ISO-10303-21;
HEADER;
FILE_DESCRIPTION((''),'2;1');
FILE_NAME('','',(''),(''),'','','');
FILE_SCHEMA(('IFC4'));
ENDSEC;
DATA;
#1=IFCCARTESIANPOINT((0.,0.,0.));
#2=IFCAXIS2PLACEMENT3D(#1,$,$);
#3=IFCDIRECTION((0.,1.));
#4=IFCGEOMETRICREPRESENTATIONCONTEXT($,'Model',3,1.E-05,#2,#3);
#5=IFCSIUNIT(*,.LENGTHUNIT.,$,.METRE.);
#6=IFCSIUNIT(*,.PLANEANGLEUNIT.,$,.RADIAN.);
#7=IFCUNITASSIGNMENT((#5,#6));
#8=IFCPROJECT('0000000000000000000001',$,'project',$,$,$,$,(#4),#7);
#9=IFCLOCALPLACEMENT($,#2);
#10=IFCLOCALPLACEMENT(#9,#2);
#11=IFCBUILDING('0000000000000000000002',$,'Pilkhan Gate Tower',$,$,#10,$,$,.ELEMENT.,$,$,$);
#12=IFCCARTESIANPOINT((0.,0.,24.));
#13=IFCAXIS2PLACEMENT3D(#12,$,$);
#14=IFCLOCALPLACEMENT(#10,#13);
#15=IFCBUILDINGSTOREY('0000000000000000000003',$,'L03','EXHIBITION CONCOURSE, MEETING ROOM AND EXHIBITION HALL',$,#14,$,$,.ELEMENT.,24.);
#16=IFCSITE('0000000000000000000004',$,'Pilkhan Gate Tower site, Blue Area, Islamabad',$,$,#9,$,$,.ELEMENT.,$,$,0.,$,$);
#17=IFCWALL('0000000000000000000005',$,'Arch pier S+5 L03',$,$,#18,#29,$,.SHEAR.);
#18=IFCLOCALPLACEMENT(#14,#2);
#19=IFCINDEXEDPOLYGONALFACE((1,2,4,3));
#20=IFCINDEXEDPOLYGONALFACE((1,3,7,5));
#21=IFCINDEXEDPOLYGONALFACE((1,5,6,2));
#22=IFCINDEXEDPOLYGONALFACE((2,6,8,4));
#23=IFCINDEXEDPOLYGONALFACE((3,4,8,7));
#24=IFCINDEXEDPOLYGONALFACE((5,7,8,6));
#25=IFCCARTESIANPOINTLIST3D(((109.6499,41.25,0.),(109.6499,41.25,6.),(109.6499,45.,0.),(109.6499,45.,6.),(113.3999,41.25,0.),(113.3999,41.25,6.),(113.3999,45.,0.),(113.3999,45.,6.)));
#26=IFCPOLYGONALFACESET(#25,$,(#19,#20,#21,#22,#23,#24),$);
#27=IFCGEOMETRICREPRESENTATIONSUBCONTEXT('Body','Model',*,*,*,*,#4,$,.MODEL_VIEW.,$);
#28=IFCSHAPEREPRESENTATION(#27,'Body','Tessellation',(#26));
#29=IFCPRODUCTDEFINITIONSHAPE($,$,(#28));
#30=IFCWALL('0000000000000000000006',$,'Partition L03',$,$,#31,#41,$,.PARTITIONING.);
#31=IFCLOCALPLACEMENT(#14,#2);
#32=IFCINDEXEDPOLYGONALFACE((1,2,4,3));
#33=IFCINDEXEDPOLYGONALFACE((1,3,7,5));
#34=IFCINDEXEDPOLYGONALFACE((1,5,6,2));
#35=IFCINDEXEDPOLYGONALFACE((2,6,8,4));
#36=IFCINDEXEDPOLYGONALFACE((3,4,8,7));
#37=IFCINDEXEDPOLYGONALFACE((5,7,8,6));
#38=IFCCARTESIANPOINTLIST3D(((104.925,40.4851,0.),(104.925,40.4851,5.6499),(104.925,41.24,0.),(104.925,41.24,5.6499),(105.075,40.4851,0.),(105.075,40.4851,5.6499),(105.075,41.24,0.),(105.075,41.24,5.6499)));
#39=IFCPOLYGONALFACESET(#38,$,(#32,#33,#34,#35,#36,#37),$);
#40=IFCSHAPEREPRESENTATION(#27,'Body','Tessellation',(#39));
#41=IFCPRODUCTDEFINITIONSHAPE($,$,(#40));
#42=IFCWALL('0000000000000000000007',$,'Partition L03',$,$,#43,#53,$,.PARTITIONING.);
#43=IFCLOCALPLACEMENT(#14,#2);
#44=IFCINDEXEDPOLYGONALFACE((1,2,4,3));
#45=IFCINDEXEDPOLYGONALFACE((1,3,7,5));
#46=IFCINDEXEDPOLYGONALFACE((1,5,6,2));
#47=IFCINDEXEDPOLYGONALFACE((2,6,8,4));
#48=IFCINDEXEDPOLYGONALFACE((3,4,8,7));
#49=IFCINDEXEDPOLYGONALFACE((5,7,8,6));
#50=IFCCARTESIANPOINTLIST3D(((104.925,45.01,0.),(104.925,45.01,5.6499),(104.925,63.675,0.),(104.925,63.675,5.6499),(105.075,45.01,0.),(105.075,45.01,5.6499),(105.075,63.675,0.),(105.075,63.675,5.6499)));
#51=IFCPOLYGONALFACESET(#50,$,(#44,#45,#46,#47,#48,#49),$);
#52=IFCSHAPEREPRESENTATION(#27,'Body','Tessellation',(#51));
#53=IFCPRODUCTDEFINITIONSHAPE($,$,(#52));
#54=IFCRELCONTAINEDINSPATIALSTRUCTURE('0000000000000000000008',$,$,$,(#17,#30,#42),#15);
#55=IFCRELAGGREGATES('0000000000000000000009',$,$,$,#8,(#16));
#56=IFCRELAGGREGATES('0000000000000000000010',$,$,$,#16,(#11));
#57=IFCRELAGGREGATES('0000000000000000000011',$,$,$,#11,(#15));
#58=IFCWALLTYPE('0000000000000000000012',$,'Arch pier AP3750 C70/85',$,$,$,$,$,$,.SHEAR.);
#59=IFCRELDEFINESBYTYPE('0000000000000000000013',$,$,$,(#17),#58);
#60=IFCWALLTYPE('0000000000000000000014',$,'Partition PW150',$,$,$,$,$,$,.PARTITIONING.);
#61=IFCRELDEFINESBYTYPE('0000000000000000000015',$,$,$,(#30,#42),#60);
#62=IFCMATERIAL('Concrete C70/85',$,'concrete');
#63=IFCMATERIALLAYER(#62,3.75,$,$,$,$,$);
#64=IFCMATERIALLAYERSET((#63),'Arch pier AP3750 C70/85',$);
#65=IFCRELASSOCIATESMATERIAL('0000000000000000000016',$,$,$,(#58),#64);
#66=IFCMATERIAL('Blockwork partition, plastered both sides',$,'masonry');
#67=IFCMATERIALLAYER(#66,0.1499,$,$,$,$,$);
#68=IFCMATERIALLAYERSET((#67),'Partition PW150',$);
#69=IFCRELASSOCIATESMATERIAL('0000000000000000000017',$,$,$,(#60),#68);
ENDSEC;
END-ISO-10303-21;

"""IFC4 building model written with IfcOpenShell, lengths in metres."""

from ifc_helpers import new_model, si_unit, direction, frame, frame_2d, origin, place, context, subcontext, project, spatial, rectangle, extrude, material, layer, layer_set, type_object, element, save


model = new_model("IFC4")

# Units and contexts
model_context = context("Model", 3, precision=1e-05, world=origin(), true_north=direction((0.0, 1.0)))
body_context = subcontext(model_context, "Body", "Model", "MODEL_VIEW")
ifc_project = project(units=[si_unit("LENGTHUNIT", "METRE"), si_unit("PLANEANGLEUNIT", "RADIAN")], contexts=[model_context])

# Site, building, storey
site_placement = place(None, origin())
site = spatial("IfcSite", under=ifc_project, at=site_placement, Name="Pilkhan Gate Tower site, Blue Area, Islamabad", CompositionType="ELEMENT", RefElevation=0.0)
building_placement = place(site_placement, origin())
building = spatial("IfcBuilding", under=site, at=building_placement, Name="Pilkhan Gate Tower", CompositionType="ELEMENT")
storey_placement = place(building_placement, frame((0.0, 0.0, 24.0)))
storey = spatial("IfcBuildingStorey", under=building, at=storey_placement, Name="L03", Description="EXHIBITION CONCOURSE, MEETING ROOM AND EXHIBITION HALL", CompositionType="ELEMENT", Elevation=24.0)

# Walls
ifc_material_1 = material(Name="Concrete C70/85", Category="concrete")
ifc_layer_1 = layer(ifc_material_1, 3.75)
ifc_layer_set_1 = layer_set([ifc_layer_1], Name="Arch pier AP3750 C70/85")
wall_type_1 = type_object("IfcWallType", Name="Arch pier AP3750 C70/85", PredefinedType="SHEAR", material=ifc_layer_set_1)
wall_1_placement = place(storey_placement, frame((111.5249, 41.25, 0.0), z_axis=(0.0, 0.0, 1.0), x_axis=(0.0, 1.0, 0.0)))
element("IfcWall", 1, at=wall_1_placement, inside=storey, type_object=wall_type_1, Name="Arch pier S+5 L03", PredefinedType="SHEAR", context=body_context, shape_type="SweptSolid", body=[
    extrude(rectangle(XDim=3.75, YDim=3.75, at=frame_2d((1.875, 0.0))), origin(), (0.0, 0.0, 1.0), 6.0),
])
ifc_material_2 = material(Name="Blockwork partition, plastered both sides", Category="masonry")
ifc_layer_2 = layer(ifc_material_2, 0.1499)
ifc_layer_set_2 = layer_set([ifc_layer_2], Name="Partition PW150")
wall_type_2 = type_object("IfcWallType", Name="Partition PW150", PredefinedType="PARTITIONING", material=ifc_layer_set_2)
wall_2_placement = place(storey_placement, frame((105.0, 40.4851, 0.0), z_axis=(0.0, 0.0, 1.0), x_axis=(0.0, 1.0, 0.0)))
element("IfcWall", 2, at=wall_2_placement, inside=storey, type_object=wall_type_2, Name="Partition L03", PredefinedType="PARTITIONING", context=body_context, shape_type="SweptSolid", body=[
    extrude(rectangle(XDim=0.7549, YDim=0.1499, at=frame_2d((0.3774, 0.0))), origin(), (0.0, 0.0, 1.0), 5.6499),
])
wall_3_placement = place(storey_placement, frame((105.0, 45.01, 0.0), z_axis=(0.0, 0.0, 1.0), x_axis=(0.0, 1.0, 0.0)))
element("IfcWall", 3, at=wall_3_placement, inside=storey, type_object=wall_type_2, Name="Partition L03", PredefinedType="PARTITIONING", context=body_context, shape_type="SweptSolid", body=[
    extrude(rectangle(XDim=18.665, YDim=0.1499, at=frame_2d((9.3325, 0.0))), origin(), (0.0, 0.0, 1.0), 5.6499),
])

save(model, "model.ifc")
